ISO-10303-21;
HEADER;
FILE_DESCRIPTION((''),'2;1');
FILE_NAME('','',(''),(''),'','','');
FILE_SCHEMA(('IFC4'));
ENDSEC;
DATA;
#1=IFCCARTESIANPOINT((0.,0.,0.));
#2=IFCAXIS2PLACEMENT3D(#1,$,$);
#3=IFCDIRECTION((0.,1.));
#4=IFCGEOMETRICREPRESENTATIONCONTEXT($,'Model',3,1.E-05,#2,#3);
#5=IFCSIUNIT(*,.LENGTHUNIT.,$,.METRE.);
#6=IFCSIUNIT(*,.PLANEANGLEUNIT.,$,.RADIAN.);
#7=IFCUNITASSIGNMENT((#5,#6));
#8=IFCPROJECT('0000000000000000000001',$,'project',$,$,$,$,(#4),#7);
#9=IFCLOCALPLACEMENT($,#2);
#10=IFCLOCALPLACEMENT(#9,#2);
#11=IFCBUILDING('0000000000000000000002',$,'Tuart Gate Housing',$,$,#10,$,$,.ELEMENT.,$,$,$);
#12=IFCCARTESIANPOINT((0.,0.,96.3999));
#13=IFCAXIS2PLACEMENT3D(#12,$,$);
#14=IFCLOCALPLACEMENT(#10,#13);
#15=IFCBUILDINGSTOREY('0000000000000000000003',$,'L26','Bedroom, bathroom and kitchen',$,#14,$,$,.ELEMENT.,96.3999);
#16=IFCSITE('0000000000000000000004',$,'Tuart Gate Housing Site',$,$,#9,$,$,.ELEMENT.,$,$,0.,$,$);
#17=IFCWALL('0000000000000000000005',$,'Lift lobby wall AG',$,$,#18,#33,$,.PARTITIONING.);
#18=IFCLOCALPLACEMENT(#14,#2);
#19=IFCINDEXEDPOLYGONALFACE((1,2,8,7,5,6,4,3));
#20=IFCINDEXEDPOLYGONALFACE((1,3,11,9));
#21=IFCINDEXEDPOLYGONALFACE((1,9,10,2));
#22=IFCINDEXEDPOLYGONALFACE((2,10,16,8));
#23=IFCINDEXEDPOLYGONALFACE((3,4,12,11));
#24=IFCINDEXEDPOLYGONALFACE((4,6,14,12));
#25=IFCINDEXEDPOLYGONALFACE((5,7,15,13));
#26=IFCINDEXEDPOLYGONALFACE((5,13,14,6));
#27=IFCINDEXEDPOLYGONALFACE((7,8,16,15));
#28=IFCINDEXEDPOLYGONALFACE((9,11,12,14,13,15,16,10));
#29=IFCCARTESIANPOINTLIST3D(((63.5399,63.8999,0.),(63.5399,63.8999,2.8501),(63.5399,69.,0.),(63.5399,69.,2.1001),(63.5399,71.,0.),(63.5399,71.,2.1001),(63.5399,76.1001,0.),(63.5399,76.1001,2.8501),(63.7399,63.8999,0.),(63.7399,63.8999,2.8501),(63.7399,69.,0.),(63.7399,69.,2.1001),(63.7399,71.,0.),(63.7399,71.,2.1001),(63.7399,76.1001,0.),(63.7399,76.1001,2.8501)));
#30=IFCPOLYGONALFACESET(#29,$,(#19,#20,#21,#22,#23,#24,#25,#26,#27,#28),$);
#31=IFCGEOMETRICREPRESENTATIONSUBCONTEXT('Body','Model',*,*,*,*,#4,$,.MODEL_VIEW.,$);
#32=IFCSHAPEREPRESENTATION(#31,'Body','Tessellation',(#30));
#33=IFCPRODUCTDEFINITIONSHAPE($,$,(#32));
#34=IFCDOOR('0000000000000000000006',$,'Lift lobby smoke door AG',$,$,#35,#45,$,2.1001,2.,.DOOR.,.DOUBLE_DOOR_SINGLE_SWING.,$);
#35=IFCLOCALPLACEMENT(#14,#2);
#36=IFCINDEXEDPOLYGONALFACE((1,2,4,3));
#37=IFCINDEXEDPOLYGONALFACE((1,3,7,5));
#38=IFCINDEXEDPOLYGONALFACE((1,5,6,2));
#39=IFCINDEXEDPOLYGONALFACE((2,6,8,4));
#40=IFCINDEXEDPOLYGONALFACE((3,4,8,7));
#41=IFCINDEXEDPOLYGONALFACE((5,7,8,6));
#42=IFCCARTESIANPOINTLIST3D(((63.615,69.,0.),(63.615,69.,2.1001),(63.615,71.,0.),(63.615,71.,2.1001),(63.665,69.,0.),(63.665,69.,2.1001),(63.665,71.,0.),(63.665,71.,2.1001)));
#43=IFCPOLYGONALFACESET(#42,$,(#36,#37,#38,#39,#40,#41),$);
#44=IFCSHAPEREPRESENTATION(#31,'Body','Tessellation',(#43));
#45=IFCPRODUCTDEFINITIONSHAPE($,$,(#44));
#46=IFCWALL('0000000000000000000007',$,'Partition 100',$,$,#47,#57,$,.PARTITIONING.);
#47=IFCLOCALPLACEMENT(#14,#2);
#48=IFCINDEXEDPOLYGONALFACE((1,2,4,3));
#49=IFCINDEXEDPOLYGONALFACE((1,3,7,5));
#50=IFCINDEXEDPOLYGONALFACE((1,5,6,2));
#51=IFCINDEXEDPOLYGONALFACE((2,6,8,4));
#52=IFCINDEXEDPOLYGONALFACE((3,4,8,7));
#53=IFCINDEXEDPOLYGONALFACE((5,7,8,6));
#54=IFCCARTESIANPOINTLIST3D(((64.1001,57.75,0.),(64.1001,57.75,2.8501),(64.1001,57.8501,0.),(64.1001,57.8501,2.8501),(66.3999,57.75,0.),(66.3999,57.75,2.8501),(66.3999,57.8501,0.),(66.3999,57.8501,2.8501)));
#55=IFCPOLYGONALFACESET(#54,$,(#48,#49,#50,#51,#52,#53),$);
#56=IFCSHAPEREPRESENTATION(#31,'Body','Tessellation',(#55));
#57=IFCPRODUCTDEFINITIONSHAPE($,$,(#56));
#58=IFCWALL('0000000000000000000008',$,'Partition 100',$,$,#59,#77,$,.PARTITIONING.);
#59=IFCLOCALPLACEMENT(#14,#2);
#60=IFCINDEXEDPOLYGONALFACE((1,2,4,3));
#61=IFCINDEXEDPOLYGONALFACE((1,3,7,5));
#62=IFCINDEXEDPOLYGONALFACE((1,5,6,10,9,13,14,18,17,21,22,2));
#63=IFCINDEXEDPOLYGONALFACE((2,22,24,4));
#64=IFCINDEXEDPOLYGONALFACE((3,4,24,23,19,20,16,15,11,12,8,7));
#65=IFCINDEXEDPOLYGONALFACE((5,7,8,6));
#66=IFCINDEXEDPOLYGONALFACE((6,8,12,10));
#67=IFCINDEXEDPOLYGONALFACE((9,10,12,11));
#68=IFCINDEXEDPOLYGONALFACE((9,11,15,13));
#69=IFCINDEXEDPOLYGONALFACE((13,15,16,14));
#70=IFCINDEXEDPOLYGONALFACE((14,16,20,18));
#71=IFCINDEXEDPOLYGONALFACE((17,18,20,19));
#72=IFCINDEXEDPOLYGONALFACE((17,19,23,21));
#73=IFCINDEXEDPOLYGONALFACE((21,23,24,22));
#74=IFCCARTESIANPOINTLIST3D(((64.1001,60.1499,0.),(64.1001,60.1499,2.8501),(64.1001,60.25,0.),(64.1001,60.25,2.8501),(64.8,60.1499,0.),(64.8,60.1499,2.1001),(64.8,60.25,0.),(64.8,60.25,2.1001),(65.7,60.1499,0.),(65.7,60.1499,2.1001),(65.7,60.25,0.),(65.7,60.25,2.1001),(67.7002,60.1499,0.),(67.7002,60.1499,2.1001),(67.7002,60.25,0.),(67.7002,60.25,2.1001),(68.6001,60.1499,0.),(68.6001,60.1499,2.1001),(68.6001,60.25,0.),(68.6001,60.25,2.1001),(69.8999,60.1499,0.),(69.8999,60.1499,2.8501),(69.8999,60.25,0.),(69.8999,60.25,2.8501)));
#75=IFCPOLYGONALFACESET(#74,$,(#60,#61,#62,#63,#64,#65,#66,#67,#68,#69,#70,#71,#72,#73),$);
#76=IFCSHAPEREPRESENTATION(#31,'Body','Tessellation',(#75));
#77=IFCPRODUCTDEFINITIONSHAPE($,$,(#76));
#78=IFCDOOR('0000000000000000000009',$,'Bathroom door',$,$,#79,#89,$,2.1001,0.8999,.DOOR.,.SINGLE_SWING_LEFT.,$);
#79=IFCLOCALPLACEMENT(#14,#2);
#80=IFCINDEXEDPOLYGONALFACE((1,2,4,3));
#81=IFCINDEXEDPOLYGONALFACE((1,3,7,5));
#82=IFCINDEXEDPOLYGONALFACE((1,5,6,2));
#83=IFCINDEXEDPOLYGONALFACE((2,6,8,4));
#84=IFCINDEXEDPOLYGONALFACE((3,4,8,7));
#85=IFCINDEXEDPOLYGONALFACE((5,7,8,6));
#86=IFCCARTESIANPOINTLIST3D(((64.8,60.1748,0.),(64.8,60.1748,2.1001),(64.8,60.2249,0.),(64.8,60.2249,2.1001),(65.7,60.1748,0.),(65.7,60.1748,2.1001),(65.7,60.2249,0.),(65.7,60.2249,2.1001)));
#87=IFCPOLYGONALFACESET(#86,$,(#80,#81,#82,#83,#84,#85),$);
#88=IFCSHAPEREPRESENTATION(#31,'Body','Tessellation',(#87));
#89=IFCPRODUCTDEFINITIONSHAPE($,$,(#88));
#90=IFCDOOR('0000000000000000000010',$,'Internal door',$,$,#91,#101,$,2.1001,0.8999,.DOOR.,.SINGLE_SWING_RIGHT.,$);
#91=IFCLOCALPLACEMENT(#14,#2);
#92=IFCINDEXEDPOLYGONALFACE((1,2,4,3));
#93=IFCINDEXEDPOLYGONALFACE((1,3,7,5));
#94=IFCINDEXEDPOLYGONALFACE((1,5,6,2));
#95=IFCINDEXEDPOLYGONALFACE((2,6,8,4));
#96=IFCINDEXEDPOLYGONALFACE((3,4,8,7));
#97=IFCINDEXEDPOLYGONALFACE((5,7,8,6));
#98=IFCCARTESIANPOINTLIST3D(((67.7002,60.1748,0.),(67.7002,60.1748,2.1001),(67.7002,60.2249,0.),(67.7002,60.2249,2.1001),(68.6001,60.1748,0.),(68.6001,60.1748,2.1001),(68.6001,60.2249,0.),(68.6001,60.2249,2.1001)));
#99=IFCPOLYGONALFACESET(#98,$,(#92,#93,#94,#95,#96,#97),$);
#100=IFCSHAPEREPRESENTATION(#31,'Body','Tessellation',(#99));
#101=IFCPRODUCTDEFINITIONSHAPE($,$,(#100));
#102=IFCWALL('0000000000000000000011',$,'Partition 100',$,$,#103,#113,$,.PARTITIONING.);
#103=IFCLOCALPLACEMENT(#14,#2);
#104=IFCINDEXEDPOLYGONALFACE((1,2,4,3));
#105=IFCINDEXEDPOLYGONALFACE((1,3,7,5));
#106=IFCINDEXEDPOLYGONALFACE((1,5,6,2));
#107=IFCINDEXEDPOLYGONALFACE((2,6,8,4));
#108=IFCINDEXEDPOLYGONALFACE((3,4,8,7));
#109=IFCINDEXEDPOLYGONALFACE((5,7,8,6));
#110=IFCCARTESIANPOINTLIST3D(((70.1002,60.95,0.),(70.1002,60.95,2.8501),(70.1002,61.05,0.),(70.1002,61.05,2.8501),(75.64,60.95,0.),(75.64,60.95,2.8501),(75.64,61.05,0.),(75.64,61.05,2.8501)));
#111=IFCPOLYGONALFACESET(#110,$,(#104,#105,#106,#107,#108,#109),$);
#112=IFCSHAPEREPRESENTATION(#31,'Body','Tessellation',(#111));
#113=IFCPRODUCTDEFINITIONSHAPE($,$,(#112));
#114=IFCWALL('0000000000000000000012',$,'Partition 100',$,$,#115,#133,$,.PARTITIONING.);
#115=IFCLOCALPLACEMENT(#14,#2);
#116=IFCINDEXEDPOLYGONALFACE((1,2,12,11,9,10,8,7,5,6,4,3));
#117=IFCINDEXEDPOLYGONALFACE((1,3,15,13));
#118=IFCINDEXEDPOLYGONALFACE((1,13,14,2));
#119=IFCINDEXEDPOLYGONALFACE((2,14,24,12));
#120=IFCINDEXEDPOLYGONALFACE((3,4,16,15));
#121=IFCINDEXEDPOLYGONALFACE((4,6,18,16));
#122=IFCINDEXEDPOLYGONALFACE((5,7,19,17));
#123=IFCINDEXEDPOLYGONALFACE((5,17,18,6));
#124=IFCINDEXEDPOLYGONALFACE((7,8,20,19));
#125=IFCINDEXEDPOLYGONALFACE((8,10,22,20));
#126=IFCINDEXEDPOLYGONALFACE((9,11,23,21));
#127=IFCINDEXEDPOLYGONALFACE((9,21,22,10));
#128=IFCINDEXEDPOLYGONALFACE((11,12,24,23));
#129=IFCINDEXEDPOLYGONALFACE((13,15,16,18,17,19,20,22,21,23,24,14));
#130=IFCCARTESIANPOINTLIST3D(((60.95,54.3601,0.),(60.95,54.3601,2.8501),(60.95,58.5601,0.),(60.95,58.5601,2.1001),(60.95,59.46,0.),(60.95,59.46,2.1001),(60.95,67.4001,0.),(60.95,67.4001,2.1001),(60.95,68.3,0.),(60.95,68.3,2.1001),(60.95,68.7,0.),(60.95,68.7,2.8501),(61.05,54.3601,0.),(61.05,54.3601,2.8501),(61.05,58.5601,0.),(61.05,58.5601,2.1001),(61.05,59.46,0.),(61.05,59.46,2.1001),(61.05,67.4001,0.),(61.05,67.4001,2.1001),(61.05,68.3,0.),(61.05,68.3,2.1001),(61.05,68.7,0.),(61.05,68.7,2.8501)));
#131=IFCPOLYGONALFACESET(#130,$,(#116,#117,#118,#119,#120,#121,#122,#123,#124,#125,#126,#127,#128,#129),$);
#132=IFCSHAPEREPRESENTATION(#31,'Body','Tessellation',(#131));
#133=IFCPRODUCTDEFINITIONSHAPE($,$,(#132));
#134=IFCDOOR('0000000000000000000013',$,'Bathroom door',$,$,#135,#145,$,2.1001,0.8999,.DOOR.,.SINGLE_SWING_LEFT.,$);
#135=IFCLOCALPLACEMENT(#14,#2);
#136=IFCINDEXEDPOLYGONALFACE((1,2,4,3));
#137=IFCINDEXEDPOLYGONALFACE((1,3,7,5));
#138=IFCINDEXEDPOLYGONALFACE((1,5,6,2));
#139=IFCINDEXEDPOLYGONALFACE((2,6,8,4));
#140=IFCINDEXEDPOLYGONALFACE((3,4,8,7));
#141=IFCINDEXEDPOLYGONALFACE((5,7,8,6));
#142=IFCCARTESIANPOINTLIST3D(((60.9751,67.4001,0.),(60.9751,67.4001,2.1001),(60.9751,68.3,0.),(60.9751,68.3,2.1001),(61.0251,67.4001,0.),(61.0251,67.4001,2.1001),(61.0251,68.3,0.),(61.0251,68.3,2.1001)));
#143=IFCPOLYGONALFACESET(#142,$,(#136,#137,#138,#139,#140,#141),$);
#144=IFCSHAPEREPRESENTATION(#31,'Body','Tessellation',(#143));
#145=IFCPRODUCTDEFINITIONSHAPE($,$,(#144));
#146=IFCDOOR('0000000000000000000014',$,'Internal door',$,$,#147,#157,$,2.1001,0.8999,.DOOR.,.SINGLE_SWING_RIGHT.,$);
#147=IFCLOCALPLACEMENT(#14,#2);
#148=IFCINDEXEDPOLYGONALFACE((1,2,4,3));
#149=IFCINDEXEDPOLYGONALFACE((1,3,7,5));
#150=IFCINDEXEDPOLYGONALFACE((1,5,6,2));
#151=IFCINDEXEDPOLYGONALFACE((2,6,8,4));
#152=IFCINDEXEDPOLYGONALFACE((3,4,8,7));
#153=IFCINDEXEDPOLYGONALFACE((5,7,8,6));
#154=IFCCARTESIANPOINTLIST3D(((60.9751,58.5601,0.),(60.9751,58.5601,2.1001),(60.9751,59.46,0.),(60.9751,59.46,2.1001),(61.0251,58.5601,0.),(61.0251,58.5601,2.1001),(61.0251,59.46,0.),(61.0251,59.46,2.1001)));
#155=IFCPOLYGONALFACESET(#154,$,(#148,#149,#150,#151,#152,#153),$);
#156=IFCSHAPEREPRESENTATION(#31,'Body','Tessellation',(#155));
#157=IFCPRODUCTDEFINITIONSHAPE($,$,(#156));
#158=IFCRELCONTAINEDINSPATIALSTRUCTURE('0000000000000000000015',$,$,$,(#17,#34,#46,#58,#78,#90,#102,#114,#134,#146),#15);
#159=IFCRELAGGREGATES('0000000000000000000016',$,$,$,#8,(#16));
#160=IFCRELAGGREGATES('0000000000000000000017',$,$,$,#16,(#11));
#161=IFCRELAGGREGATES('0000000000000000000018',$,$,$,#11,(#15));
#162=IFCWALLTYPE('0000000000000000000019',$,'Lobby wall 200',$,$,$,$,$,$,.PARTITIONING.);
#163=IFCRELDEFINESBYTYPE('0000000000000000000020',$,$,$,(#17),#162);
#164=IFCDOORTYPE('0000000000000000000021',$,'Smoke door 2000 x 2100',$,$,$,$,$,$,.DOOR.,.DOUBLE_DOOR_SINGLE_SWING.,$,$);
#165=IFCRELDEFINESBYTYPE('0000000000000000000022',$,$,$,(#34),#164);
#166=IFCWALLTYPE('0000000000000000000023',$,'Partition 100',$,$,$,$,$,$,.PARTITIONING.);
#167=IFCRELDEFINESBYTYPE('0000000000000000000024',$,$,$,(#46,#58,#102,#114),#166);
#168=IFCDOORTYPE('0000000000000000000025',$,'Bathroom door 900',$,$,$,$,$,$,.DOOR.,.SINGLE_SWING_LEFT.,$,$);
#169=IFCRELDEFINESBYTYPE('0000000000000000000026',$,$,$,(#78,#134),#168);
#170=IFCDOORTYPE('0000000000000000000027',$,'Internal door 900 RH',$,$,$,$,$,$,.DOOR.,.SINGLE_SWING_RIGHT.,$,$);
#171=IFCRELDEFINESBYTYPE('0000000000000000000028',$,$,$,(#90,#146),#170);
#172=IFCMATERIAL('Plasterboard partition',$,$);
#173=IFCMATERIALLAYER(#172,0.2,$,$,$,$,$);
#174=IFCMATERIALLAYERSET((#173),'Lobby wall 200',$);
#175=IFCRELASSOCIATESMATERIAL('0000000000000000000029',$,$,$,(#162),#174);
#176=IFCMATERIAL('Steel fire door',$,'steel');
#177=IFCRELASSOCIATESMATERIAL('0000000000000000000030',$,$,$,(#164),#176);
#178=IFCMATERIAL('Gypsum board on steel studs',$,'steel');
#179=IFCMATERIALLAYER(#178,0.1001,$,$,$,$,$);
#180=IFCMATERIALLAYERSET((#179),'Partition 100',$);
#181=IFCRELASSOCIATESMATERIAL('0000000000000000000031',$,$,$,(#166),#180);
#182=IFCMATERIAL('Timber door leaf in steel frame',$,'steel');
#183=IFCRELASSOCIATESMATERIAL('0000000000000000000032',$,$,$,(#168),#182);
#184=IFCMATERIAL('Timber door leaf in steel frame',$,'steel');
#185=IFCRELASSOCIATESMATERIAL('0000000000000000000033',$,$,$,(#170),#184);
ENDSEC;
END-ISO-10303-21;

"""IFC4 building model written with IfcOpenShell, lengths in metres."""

from ifc_helpers import new_model, si_unit, direction, frame, frame_2d, origin, place, context, subcontext, project, spatial, rectangle, extrude, material, layer, layer_set, type_object, element, fill, save


model = new_model("IFC4")

# Units and contexts
model_context = context("Model", 3, precision=1e-05, world=origin(), true_north=direction((0.0, 1.0)))
body_context = subcontext(model_context, "Body", "Model", "MODEL_VIEW")
ifc_project = project(units=[si_unit("LENGTHUNIT", "METRE"), si_unit("PLANEANGLEUNIT", "RADIAN")], contexts=[model_context])

# Site, building, storey
site_placement = place(None, origin())
site = spatial("IfcSite", under=ifc_project, at=site_placement, Name="Tuart Gate Housing Site", CompositionType="ELEMENT", RefElevation=0.0)
building_placement = place(site_placement, origin())
building = spatial("IfcBuilding", under=site, at=building_placement, Name="Tuart Gate Housing", CompositionType="ELEMENT")
storey_placement = place(building_placement, frame((0.0, 0.0, 96.3999)))
storey = spatial("IfcBuildingStorey", under=building, at=storey_placement, Name="L26", Description="Bedroom, bathroom and kitchen", CompositionType="ELEMENT", Elevation=96.3999)

# Wall, opening, door
ifc_material_1 = material(Name="Plasterboard partition")
ifc_layer_1 = layer(ifc_material_1, 0.2)
ifc_layer_set_1 = layer_set([ifc_layer_1], Name="Lobby wall 200")
wall_type_1 = type_object("IfcWallType", Name="Lobby wall 200", PredefinedType="PARTITIONING", material=ifc_layer_set_1)
wall_1_placement = place(storey_placement, frame((63.6399, 63.8999, 0.0), z_axis=(0.0, 0.0, 1.0), x_axis=(0.0, 1.0, 0.0)))
wall_1 = element("IfcWall", 1, at=wall_1_placement, inside=storey, type_object=wall_type_1, Name="Lift lobby wall AG", PredefinedType="PARTITIONING", context=body_context, shape_type="SweptSolid", body=[
    extrude(rectangle(XDim=12.2002, YDim=0.2, at=frame_2d((6.1001, 0.0))), origin(), (0.0, 0.0, 1.0), 2.8501),
])
opening_1_placement = place(wall_1_placement, frame((5.1001, 0.0, 0.0)))
opening_1 = element("IfcOpeningElement", 2, at=opening_1_placement, cuts=wall_1, PredefinedType="OPENING", context=body_context, shape_type="SweptSolid", body=[
    extrude(rectangle(XDim=2.0, YDim=2.1001, at=frame_2d((1.0, 1.05))), frame((0.0, 0.1099, 0.0), z_axis=(0.0, -1.0, 0.0), x_axis=(1.0, 0.0, 0.0)), (0.0, 0.0, 1.0), 0.22),
])
ifc_material_2 = material(Name="Steel fire door", Category="steel")
door_type_1 = type_object("IfcDoorType", Name="Smoke door 2000 x 2100", OperationType="DOUBLE_DOOR_SINGLE_SWING", PredefinedType="DOOR", material=ifc_material_2)
door_1_placement = place(opening_1_placement, frame((2.0, 0.0, 0.0), z_axis=(0.0, 0.0, 1.0), x_axis=(-1.0, 0.0, 0.0)))
door_1 = element("IfcDoor", 3, at=door_1_placement, inside=storey, type_object=door_type_1, Name="Lift lobby smoke door AG", OperationType="DOUBLE_DOOR_SINGLE_SWING", OverallHeight=2.1001, OverallWidth=2.0, PredefinedType="DOOR", context=body_context, shape_type="SweptSolid", body=[
    extrude(rectangle(XDim=2.0, YDim=2.1001, at=frame_2d((1.0, 1.05))), frame((0.0, 0.0251, 0.0), z_axis=(0.0, -1.0, 0.0), x_axis=(1.0, 0.0, 0.0)), (0.0, 0.0, 1.0), 0.05),
])
fill(opening_1, door_1)

# Wall
ifc_material_3 = material(Name="Gypsum board on steel studs", Category="steel")
ifc_layer_2 = layer(ifc_material_3, 0.1001)
ifc_layer_set_2 = layer_set([ifc_layer_2], Name="Partition 100")
wall_type_2 = type_object("IfcWallType", Name="Partition 100", PredefinedType="PARTITIONING", material=ifc_layer_set_2)
wall_2_placement = place(storey_placement, frame((64.1001, 57.8, 0.0), z_axis=(0.0, 0.0, 1.0), x_axis=(1.0, 0.0, 0.0)))
element("IfcWall", 4, at=wall_2_placement, inside=storey, type_object=wall_type_2, Name="Partition 100", PredefinedType="PARTITIONING", context=body_context, shape_type="SweptSolid", body=[
    extrude(rectangle(XDim=2.2998, YDim=0.1001, at=frame_2d((1.1499, 0.0))), origin(), (0.0, 0.0, 1.0), 2.8501),
])

# Wall, openings, doors
wall_3_placement = place(storey_placement, frame((64.1001, 60.2, 0.0), z_axis=(0.0, 0.0, 1.0), x_axis=(1.0, 0.0, 0.0)))
wall_3 = element("IfcWall", 5, at=wall_3_placement, inside=storey, type_object=wall_type_2, Name="Partition 100", PredefinedType="PARTITIONING", context=body_context, shape_type="SweptSolid", body=[
    extrude(rectangle(XDim=5.7998, YDim=0.1001, at=frame_2d((2.8999, 0.0))), origin(), (0.0, 0.0, 1.0), 2.8501),
])
opening_2_placement = place(wall_3_placement, frame((3.6001, 0.0, 0.0)))
opening_2 = element("IfcOpeningElement", 6, at=opening_2_placement, cuts=wall_3, PredefinedType="OPENING", context=body_context, shape_type="SweptSolid", body=[
    extrude(rectangle(XDim=0.8999, YDim=2.1001, at=frame_2d((0.45, 1.05))), frame((0.0, 0.0601, 0.0), z_axis=(0.0, -1.0, 0.0), x_axis=(1.0, 0.0, 0.0)), (0.0, 0.0, 1.0), 0.1201),
])
opening_3_placement = place(wall_3_placement, frame((0.7, 0.0, 0.0)))
opening_3 = element("IfcOpeningElement", 7, at=opening_3_placement, cuts=wall_3, PredefinedType="OPENING", context=body_context, shape_type="SweptSolid", body=[
    extrude(rectangle(XDim=0.8999, YDim=2.1001, at=frame_2d((0.45, 1.05))), frame((0.0, 0.0601, 0.0), z_axis=(0.0, -1.0, 0.0), x_axis=(1.0, 0.0, 0.0)), (0.0, 0.0, 1.0), 0.1201),
])
ifc_material_4 = material(Name="Timber door leaf in steel frame", Category="steel")
door_type_2 = type_object("IfcDoorType", Name="Bathroom door 900", OperationType="SINGLE_SWING_LEFT", PredefinedType="DOOR", material=ifc_material_4)
door_2_placement = place(opening_3_placement, frame((0.8999, 0.0, 0.0), z_axis=(0.0, 0.0, 1.0), x_axis=(-1.0, 0.0, 0.0)))
door_2 = element("IfcDoor", 8, at=door_2_placement, inside=storey, type_object=door_type_2, Name="Bathroom door", OperationType="SINGLE_SWING_LEFT", OverallHeight=2.1001, OverallWidth=0.8999, PredefinedType="DOOR", context=body_context, shape_type="SweptSolid", body=[
    extrude(rectangle(XDim=0.8999, YDim=2.1001, at=frame_2d((0.45, 1.05))), frame((0.0, 0.0251, 0.0), z_axis=(0.0, -1.0, 0.0), x_axis=(1.0, 0.0, 0.0)), (0.0, 0.0, 1.0), 0.05),
])
fill(opening_3, door_2)
ifc_material_5 = material(Name="Timber door leaf in steel frame", Category="steel")
door_type_3 = type_object("IfcDoorType", Name="Internal door 900 RH", OperationType="SINGLE_SWING_RIGHT", PredefinedType="DOOR", material=ifc_material_5)
door_3_placement = place(opening_2_placement, origin())
door_3 = element("IfcDoor", 9, at=door_3_placement, inside=storey, type_object=door_type_3, Name="Internal door", OperationType="SINGLE_SWING_RIGHT", OverallHeight=2.1001, OverallWidth=0.8999, PredefinedType="DOOR", context=body_context, shape_type="SweptSolid", body=[
    extrude(rectangle(XDim=0.8999, YDim=2.1001, at=frame_2d((0.45, 1.05))), frame((0.0, 0.0249, 0.0), z_axis=(0.0, -1.0, 0.0), x_axis=(1.0, 0.0, 0.0)), (0.0, 0.0, 1.0), 0.05),
])
fill(opening_2, door_3)

# Wall
wall_4_placement = place(storey_placement, frame((70.1001, 61.0, 0.0), z_axis=(0.0, 0.0, 1.0), x_axis=(1.0, 0.0, 0.0)))
element("IfcWall", 10, at=wall_4_placement, inside=storey, type_object=wall_type_2, Name="Partition 100", PredefinedType="PARTITIONING", context=body_context, shape_type="SweptSolid", body=[
    extrude(rectangle(XDim=5.5398, YDim=0.1001, at=frame_2d((2.77, 0.0))), origin(), (0.0, 0.0, 1.0), 2.8501),
])

# Wall, openings, doors
wall_5_placement = place(storey_placement, frame((61.0, 54.3601, 0.0), z_axis=(0.0, 0.0, 1.0), x_axis=(0.0, 1.0, 0.0)))
wall_5 = element("IfcWall", 11, at=wall_5_placement, inside=storey, type_object=wall_type_2, Name="Partition 100", PredefinedType="PARTITIONING", context=body_context, shape_type="SweptSolid", body=[
    extrude(rectangle(XDim=14.3398, YDim=0.1001, at=frame_2d((7.1699, 0.0))), origin(), (0.0, 0.0, 1.0), 2.8501),
])
opening_4_placement = place(wall_5_placement, frame((4.2, 0.0, 0.0)))
opening_4 = element("IfcOpeningElement", 12, at=opening_4_placement, cuts=wall_5, PredefinedType="OPENING", context=body_context, shape_type="SweptSolid", body=[
    extrude(rectangle(XDim=0.8999, YDim=2.1001, at=frame_2d((0.45, 1.05))), frame((0.0, 0.0601, 0.0), z_axis=(0.0, -1.0, 0.0), x_axis=(1.0, 0.0, 0.0)), (0.0, 0.0, 1.0), 0.1201),
])
opening_5_placement = place(wall_5_placement, frame((13.04, 0.0, 0.0)))
opening_5 = element("IfcOpeningElement", 13, at=opening_5_placement, cuts=wall_5, PredefinedType="OPENING", context=body_context, shape_type="SweptSolid", body=[
    extrude(rectangle(XDim=0.8999, YDim=2.1001, at=frame_2d((0.45, 1.05))), frame((0.0, 0.0601, 0.0), z_axis=(0.0, -1.0, 0.0), x_axis=(1.0, 0.0, 0.0)), (0.0, 0.0, 1.0), 0.1201),
])
door_4_placement = place(opening_5_placement, frame((0.8999, 0.0, 0.0), z_axis=(0.0, 0.0, 1.0), x_axis=(-1.0, 0.0, 0.0)))
door_4 = element("IfcDoor", 14, at=door_4_placement, inside=storey, type_object=door_type_2, Name="Bathroom door", OperationType="SINGLE_SWING_LEFT", OverallHeight=2.1001, OverallWidth=0.8999, PredefinedType="DOOR", context=body_context, shape_type="SweptSolid", body=[
    extrude(rectangle(XDim=0.8999, YDim=2.1001, at=frame_2d((0.45, 1.05))), frame((0.0, 0.0251, 0.0), z_axis=(0.0, -1.0, 0.0), x_axis=(1.0, 0.0, 0.0)), (0.0, 0.0, 1.0), 0.05),
])
fill(opening_5, door_4)
door_5_placement = place(opening_4_placement, frame((0.8999, 0.0, 0.0), z_axis=(0.0, 0.0, 1.0), x_axis=(-1.0, 0.0, 0.0)))
door_5 = element("IfcDoor", 15, at=door_5_placement, inside=storey, type_object=door_type_3, Name="Internal door", OperationType="SINGLE_SWING_RIGHT", OverallHeight=2.1001, OverallWidth=0.8999, PredefinedType="DOOR", context=body_context, shape_type="SweptSolid", body=[
    extrude(rectangle(XDim=0.8999, YDim=2.1001, at=frame_2d((0.45, 1.05))), frame((0.0, 0.0251, 0.0), z_axis=(0.0, -1.0, 0.0), x_axis=(1.0, 0.0, 0.0)), (0.0, 0.0, 1.0), 0.05),
])
fill(opening_4, door_5)

save(model, "model.ifc")
